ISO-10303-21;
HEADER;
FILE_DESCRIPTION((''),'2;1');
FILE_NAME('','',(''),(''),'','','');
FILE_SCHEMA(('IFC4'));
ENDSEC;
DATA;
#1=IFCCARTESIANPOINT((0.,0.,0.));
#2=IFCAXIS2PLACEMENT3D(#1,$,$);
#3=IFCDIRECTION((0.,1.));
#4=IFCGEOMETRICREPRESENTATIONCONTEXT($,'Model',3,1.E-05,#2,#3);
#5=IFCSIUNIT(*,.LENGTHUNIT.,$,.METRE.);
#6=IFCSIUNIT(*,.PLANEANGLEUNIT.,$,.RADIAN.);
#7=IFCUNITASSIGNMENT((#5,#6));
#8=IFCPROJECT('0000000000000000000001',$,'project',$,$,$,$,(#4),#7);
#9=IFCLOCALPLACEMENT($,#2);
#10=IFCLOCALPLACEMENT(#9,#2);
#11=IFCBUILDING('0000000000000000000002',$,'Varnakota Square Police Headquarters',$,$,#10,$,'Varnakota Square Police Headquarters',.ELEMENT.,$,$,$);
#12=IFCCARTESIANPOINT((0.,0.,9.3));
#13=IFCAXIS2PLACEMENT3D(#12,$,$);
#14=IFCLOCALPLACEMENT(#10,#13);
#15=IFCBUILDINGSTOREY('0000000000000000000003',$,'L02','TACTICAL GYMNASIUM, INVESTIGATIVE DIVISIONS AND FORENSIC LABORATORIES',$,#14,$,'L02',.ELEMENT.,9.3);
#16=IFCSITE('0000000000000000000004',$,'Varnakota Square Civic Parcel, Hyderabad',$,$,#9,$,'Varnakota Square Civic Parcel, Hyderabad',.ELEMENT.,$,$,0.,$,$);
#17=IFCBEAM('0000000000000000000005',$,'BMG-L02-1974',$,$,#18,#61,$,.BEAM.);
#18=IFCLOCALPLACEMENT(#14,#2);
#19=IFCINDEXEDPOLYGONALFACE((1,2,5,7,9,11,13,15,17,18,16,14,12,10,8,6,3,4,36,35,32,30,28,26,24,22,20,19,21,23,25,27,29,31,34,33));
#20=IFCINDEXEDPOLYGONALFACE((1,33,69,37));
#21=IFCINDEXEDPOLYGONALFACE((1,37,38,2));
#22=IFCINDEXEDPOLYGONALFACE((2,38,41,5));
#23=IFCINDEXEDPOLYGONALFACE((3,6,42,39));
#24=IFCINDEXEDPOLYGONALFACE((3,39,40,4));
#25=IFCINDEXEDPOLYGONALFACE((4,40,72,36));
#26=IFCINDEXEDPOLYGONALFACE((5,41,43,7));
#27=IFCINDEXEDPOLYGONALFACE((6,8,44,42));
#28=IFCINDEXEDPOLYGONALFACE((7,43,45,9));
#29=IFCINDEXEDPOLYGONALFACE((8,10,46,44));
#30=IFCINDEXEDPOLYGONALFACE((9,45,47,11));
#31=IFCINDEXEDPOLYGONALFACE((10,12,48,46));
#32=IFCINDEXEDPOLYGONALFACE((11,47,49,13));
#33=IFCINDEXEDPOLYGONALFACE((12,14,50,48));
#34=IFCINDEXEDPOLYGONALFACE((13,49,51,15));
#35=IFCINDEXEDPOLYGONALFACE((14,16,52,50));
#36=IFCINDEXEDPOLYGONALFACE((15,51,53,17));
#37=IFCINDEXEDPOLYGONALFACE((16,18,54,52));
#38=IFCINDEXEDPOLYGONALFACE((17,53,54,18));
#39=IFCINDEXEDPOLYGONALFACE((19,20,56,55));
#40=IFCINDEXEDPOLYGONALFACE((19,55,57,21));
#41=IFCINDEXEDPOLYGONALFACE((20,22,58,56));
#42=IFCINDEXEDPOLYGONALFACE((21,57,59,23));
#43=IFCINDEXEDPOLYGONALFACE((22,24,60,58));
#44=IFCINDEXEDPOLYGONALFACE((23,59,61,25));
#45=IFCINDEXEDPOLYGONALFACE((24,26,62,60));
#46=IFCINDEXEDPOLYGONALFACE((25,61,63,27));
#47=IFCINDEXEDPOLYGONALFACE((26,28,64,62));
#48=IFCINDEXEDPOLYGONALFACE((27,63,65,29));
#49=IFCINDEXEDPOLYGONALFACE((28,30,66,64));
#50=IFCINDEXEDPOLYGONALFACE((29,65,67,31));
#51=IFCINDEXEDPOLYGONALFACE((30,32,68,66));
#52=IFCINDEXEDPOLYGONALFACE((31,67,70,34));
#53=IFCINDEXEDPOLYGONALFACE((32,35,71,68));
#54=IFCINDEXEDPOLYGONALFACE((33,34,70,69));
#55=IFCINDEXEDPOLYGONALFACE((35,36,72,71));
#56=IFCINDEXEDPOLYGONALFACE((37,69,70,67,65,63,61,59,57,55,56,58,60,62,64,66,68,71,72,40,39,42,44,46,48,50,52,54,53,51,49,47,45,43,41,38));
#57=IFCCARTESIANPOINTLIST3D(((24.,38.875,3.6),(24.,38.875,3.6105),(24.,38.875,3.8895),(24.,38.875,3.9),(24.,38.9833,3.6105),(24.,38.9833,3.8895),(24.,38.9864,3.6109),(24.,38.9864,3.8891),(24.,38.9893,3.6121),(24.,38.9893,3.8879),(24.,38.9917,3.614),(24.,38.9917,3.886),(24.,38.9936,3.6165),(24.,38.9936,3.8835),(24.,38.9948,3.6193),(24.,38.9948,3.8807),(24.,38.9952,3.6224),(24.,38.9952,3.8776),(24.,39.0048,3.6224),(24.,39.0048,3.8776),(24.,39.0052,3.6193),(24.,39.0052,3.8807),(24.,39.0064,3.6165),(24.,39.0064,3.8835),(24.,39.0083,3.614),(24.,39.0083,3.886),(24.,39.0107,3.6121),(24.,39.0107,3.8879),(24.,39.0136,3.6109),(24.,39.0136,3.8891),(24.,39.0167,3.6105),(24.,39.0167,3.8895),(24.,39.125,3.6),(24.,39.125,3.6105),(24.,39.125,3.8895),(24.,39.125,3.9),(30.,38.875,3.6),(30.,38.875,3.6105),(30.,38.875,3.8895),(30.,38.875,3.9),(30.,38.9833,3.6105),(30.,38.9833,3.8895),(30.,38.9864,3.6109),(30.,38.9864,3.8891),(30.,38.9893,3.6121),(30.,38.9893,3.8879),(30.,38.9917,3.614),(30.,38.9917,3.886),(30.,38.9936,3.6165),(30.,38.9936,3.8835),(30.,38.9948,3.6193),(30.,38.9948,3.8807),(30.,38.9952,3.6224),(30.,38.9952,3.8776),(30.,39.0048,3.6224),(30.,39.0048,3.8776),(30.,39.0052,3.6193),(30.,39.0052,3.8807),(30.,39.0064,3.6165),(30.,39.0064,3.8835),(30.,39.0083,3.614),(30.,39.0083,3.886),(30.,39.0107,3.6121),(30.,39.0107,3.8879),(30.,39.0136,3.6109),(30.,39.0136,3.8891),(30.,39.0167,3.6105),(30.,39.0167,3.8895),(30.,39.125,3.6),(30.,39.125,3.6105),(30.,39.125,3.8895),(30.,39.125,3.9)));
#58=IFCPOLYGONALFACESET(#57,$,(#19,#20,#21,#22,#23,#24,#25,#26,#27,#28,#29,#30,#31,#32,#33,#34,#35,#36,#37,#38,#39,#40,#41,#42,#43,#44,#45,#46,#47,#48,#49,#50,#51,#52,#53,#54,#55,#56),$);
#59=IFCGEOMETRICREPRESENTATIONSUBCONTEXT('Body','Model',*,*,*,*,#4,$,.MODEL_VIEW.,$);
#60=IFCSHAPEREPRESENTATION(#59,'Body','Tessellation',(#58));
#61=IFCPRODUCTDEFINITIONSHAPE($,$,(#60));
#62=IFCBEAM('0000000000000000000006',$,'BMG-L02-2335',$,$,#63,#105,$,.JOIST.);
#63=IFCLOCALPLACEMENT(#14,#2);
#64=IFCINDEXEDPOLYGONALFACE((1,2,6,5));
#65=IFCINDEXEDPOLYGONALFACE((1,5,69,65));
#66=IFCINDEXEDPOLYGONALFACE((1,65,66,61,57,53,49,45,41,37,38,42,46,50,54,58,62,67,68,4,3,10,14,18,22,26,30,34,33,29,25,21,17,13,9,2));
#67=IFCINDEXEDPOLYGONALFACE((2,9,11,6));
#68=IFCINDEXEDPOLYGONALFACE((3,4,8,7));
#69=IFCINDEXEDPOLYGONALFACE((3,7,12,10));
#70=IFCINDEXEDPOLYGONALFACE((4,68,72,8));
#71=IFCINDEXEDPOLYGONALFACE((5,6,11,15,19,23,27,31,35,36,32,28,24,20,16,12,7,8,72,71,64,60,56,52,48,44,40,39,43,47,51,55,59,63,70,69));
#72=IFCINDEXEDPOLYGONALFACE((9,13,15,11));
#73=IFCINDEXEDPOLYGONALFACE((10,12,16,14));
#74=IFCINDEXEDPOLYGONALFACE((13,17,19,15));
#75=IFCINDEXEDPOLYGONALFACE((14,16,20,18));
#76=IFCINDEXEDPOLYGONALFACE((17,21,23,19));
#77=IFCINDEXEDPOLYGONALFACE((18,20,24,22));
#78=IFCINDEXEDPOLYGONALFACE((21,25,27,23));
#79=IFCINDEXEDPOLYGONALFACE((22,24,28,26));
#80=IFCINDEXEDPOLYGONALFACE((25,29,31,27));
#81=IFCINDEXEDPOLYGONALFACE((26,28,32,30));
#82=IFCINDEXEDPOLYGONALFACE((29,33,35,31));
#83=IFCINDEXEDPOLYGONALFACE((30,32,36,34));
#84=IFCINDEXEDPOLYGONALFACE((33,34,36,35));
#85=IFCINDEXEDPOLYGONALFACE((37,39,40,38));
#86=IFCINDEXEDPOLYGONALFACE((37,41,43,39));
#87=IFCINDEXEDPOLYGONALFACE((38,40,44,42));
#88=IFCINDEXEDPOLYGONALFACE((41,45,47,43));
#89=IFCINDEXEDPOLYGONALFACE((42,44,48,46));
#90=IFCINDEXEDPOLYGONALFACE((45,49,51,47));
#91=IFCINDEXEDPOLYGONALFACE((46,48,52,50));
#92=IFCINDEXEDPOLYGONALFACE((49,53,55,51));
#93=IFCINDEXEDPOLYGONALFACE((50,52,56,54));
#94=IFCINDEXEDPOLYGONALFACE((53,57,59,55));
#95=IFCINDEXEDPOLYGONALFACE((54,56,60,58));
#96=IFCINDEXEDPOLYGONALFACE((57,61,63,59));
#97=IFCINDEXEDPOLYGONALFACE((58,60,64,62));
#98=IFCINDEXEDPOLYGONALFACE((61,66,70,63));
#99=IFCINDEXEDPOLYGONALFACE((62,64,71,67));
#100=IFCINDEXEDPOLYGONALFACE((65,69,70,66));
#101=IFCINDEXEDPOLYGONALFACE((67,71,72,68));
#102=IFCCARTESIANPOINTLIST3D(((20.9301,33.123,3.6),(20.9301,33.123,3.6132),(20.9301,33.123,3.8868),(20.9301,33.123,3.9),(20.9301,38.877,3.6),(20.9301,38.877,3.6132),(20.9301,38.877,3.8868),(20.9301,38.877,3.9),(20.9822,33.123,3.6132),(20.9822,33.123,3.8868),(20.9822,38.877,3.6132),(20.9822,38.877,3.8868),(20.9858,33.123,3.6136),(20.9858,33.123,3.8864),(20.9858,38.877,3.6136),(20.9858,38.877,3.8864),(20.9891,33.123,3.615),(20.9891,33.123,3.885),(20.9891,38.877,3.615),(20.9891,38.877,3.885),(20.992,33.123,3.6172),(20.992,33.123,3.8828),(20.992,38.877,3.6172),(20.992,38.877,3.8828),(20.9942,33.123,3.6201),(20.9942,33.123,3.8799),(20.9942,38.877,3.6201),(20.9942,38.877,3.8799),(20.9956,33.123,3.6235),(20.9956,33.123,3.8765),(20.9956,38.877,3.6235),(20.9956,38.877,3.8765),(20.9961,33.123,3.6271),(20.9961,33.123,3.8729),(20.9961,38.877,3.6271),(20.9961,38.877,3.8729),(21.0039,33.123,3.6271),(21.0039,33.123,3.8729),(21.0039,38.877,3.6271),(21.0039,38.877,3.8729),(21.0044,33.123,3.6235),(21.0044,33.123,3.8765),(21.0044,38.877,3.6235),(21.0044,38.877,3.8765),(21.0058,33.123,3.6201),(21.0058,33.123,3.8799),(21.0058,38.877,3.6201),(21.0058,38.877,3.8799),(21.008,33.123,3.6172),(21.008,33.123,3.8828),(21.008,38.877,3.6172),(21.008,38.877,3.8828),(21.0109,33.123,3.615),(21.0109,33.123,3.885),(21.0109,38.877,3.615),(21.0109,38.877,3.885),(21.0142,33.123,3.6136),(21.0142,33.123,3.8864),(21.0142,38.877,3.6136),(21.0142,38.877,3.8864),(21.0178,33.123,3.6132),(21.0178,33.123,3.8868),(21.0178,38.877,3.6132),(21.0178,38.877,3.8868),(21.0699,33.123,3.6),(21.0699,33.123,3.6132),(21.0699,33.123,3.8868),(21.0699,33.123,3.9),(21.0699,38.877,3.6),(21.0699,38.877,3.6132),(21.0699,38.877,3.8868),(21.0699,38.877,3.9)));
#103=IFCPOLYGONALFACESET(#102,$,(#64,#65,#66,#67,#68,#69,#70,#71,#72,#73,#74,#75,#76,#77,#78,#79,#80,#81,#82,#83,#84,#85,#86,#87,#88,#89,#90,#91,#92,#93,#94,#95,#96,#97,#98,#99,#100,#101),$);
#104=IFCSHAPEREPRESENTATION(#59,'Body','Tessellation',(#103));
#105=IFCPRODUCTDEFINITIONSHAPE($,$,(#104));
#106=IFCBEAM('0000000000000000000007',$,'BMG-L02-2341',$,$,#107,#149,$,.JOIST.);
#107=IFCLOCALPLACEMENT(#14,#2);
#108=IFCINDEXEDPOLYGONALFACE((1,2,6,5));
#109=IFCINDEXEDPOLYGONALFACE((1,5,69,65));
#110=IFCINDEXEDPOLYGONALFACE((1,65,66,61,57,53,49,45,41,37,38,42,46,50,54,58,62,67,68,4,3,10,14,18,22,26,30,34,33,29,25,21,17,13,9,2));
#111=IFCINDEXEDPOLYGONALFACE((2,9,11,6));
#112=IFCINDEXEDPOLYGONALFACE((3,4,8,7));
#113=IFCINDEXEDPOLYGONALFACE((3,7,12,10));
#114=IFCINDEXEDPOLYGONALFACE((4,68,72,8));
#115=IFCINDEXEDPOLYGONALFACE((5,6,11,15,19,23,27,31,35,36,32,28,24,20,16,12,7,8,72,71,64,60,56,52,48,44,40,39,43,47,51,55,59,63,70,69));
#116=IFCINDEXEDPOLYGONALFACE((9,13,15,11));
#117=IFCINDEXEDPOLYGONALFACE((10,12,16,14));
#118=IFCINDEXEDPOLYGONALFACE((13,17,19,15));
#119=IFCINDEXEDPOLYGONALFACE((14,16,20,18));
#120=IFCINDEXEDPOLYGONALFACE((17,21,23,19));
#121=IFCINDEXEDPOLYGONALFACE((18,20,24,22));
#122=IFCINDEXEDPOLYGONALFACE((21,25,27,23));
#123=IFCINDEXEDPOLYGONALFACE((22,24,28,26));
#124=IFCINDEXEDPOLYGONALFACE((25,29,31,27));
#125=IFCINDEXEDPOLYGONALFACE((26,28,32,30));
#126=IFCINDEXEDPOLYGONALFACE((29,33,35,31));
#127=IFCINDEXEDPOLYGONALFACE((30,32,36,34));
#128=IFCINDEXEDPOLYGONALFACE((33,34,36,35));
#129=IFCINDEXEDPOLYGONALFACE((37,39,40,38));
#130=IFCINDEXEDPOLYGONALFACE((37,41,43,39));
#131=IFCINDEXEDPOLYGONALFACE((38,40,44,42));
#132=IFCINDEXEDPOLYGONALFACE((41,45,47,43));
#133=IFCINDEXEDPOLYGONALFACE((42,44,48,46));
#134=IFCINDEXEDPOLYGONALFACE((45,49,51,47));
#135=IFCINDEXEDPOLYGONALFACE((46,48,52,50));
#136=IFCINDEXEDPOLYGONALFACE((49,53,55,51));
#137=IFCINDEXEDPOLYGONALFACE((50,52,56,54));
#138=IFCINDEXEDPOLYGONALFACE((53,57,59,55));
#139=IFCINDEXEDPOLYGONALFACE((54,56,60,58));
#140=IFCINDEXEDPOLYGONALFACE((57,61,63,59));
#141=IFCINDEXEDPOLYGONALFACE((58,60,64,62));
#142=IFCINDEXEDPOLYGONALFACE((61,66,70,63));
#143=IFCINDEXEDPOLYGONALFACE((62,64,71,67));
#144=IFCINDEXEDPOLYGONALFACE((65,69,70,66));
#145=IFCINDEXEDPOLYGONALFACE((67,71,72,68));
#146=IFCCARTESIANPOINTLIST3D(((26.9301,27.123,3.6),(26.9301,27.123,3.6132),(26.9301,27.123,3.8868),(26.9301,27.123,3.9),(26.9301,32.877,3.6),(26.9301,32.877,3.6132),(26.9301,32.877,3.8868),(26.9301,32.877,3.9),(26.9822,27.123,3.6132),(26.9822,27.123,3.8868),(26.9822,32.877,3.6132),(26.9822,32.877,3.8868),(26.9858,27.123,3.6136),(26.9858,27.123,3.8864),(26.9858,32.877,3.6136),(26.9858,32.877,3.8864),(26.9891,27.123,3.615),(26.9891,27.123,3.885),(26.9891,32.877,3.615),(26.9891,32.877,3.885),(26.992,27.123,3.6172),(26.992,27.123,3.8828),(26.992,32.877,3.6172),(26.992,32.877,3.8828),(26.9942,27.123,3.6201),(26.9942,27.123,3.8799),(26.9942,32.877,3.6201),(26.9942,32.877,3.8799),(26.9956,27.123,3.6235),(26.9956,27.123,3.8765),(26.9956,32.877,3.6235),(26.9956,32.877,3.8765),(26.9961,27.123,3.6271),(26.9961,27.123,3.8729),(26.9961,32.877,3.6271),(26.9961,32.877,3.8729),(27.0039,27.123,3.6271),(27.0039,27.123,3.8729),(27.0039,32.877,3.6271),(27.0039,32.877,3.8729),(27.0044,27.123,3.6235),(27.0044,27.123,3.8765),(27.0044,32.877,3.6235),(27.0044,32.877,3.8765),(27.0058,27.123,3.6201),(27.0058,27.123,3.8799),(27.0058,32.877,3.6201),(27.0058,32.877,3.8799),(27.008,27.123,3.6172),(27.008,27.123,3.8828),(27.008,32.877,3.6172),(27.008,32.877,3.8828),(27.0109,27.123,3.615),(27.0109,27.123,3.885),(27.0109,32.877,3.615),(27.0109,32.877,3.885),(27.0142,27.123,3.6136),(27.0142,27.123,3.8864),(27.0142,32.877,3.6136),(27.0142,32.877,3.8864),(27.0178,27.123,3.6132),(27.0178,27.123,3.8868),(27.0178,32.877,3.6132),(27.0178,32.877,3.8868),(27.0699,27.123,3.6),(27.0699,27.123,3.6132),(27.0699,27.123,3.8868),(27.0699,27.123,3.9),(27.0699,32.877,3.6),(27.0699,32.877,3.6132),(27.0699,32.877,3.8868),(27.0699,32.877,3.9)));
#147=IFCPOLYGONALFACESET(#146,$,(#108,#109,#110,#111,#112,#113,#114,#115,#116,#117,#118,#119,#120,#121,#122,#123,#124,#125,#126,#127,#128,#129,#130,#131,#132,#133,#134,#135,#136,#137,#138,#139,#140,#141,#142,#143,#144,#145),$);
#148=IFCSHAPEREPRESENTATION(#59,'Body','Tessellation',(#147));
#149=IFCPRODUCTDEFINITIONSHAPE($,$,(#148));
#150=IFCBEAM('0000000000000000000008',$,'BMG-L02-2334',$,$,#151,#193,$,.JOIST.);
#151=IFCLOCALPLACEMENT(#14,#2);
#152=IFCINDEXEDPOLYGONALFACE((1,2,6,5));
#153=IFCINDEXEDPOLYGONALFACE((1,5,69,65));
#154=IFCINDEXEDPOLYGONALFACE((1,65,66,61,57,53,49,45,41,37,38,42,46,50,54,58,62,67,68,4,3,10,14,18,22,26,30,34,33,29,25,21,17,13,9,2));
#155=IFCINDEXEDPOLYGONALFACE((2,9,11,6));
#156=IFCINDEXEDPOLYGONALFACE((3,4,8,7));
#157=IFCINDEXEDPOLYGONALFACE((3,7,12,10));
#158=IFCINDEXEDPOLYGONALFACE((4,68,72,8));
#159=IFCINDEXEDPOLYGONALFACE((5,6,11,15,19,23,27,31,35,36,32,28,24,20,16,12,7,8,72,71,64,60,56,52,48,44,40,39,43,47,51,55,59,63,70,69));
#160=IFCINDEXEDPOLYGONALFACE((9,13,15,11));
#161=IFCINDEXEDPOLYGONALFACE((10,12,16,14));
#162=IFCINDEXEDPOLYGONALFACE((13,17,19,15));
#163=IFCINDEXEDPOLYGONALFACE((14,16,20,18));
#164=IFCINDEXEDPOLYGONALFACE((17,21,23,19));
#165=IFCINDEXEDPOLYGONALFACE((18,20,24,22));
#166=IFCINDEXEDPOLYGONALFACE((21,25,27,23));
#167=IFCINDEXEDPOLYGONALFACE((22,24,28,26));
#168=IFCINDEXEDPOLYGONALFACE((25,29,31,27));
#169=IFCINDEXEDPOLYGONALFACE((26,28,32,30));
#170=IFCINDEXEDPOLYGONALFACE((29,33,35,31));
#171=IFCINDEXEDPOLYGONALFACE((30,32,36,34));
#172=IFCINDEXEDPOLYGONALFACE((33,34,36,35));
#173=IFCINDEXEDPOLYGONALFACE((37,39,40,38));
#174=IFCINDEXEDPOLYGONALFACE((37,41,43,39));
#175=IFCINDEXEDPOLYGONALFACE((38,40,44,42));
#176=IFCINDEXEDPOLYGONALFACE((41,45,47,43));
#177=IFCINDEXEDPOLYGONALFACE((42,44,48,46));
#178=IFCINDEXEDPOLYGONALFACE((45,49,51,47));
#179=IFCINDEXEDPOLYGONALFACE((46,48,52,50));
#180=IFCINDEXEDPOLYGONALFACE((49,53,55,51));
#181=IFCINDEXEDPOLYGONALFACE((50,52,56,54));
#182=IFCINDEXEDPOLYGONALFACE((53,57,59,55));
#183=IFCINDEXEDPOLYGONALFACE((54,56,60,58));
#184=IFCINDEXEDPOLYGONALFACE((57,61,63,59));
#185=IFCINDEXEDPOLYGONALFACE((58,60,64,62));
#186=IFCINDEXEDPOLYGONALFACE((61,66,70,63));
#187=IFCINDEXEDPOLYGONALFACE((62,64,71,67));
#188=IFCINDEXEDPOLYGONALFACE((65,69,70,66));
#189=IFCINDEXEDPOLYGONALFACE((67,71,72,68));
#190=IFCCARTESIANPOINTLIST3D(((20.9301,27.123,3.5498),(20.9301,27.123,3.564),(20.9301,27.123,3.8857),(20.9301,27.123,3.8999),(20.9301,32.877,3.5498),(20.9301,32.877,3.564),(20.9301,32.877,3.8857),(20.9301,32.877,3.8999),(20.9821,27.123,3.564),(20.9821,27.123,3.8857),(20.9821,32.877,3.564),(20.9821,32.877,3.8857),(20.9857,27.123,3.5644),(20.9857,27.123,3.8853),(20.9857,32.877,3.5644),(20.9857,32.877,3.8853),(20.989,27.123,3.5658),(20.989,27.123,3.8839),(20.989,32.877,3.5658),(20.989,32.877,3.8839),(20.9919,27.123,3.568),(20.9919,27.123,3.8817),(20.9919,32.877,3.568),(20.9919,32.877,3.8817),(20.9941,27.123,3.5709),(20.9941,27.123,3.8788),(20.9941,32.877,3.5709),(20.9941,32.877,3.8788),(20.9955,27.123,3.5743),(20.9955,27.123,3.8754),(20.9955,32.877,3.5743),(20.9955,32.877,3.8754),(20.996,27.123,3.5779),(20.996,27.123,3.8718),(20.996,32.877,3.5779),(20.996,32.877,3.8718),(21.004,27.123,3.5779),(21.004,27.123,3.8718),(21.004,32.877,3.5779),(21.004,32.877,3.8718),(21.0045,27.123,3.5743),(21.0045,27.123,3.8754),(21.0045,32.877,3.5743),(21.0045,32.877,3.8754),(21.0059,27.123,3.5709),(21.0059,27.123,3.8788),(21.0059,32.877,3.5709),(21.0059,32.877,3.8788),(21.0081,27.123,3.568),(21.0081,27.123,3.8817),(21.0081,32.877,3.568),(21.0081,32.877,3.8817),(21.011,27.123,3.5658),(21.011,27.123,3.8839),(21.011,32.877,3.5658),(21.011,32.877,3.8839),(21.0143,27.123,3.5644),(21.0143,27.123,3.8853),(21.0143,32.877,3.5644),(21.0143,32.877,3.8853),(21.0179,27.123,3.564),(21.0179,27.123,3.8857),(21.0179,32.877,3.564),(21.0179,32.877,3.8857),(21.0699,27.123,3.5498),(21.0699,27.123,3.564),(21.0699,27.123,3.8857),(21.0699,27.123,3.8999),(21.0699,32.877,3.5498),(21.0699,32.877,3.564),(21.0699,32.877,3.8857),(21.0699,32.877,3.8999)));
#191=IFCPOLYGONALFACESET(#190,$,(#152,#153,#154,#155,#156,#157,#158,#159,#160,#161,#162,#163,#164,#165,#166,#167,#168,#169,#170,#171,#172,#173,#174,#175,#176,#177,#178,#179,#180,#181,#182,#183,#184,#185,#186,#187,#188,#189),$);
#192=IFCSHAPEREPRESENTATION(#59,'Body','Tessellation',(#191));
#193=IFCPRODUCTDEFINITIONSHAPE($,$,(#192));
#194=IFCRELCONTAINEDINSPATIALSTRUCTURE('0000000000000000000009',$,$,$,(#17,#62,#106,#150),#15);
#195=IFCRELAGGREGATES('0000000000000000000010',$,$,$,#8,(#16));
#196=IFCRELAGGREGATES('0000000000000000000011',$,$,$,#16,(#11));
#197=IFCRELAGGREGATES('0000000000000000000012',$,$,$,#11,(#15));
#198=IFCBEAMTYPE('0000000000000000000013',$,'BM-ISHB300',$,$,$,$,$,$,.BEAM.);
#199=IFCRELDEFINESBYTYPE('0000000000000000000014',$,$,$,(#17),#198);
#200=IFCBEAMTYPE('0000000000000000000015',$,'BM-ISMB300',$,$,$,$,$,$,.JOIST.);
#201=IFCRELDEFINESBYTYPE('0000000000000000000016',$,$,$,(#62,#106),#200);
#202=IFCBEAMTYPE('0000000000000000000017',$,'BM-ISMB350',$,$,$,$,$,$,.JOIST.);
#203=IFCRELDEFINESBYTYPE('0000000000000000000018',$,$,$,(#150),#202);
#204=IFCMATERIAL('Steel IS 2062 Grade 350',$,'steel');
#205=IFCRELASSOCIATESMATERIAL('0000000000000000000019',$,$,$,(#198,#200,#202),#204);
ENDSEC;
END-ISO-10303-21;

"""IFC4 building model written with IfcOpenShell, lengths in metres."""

from ifc_helpers import new_model, si_unit, direction, frame, origin, origin_2d, place, context, subcontext, project, spatial, i_section, extrude, material, material_profile, profile_set, type_object, element, save


model = new_model("IFC4")

# Units and contexts
model_context = context("Model", 3, precision=1e-05, world=origin(), true_north=direction((0.0, 1.0)))
body_context = subcontext(model_context, "Body", "Model", "MODEL_VIEW")
ifc_project = project(units=[si_unit("LENGTHUNIT", "METRE"), si_unit("PLANEANGLEUNIT", "RADIAN")], contexts=[model_context])

# Site, building, storey
site_placement = place(None, origin())
site = spatial("IfcSite", under=ifc_project, at=site_placement, Name="Varnakota Square Civic Parcel, Hyderabad", LongName="Varnakota Square Civic Parcel, Hyderabad", CompositionType="ELEMENT", RefElevation=0.0)
building_placement = place(site_placement, origin())
building = spatial("IfcBuilding", under=site, at=building_placement, Name="Varnakota Square Police Headquarters", LongName="Varnakota Square Police Headquarters", CompositionType="ELEMENT")
storey_placement = place(building_placement, frame((0.0, 0.0, 9.3)))
storey = spatial("IfcBuildingStorey", under=building, at=storey_placement, Name="L02", Description="TACTICAL GYMNASIUM, INVESTIGATIVE DIVISIONS AND FORENSIC LABORATORIES", LongName="L02", CompositionType="ELEMENT", Elevation=9.3)

# Shared definitions
ifc_material_1 = material(Name="Steel IS 2062 Grade 350", Category="steel")

# Beams
ifc_material_profile_1 = material_profile(ifc_material_1, i_section(OverallWidth=0.25, OverallDepth=0.3, WebThickness=0.0095, FlangeThickness=0.0105, FilletRadius=0.012, at=origin_2d()), Name="ISHB 300")
ifc_profile_set_1 = profile_set([ifc_material_profile_1], Name="Steel IS 2062 Grade 350")
beam_type_1 = type_object("IfcBeamType", Name="BM-ISHB300", PredefinedType="BEAM", material=ifc_profile_set_1)
beam_1_placement = place(storey_placement, frame((24.0, 39.0, 3.75), z_axis=(1.0, 0.0, 0.0), x_axis=(0.0, 1.0, 0.0)))
element("IfcBeam", 1, at=beam_1_placement, inside=storey, type_object=beam_type_1, Name="BMG-L02-1974", PredefinedType="BEAM", context=body_context, shape_type="SweptSolid", body=[
    extrude(i_section(OverallWidth=0.25, OverallDepth=0.3, WebThickness=0.0095, FlangeThickness=0.0105, FilletRadius=0.012, at=origin_2d()), origin(), (0.0, 0.0, 1.0), 6.0),
])
ifc_material_profile_2 = material_profile(ifc_material_1, i_section(OverallWidth=0.1399, OverallDepth=0.3, WebThickness=0.0078, FlangeThickness=0.0132, FilletRadius=0.0139, at=origin_2d()), Name="ISMB 300")
ifc_profile_set_2 = profile_set([ifc_material_profile_2], Name="Steel IS 2062 Grade 350")
beam_type_2 = type_object("IfcBeamType", Name="BM-ISMB300", PredefinedType="JOIST", material=ifc_profile_set_2)
for number, where, z_axis, x_axis, name in (
    (2, (21.0, 33.123, 3.75), (0.0, 1.0, 0.0), (-1.0, 0.0, 0.0), "BMG-L02-2335"),
    (3, (27.0, 27.123, 3.75), (0.0, 1.0, 0.0), (-1.0, 0.0, 0.0), "BMG-L02-2341"),
):
    element("IfcBeam", number, at=place(storey_placement, frame(where, z_axis=z_axis, x_axis=x_axis)), inside=storey, type_object=beam_type_2, Name=name, PredefinedType="JOIST", context=body_context, shape_type="SweptSolid", body=[
        extrude(i_section(OverallWidth=0.1399, OverallDepth=0.3, WebThickness=0.0078, FlangeThickness=0.0132, FilletRadius=0.0139, at=origin_2d()), origin(), (0.0, 0.0, 1.0), 5.7539),
    ])
ifc_material_profile_3 = material_profile(ifc_material_1, i_section(OverallWidth=0.1399, OverallDepth=0.3501, WebThickness=0.0081, FlangeThickness=0.0142, FilletRadius=0.0139, at=origin_2d()), Name="ISMB 350")
ifc_profile_set_3 = profile_set([ifc_material_profile_3], Name="Steel IS 2062 Grade 350")
beam_type_3 = type_object("IfcBeamType", Name="BM-ISMB350", PredefinedType="JOIST", material=ifc_profile_set_3)
beam_2_placement = place(storey_placement, frame((21.0, 27.123, 3.7249), z_axis=(0.0, 1.0, 0.0), x_axis=(-1.0, 0.0, 0.0)))
element("IfcBeam", 4, at=beam_2_placement, inside=storey, type_object=beam_type_3, Name="BMG-L02-2334", PredefinedType="JOIST", context=body_context, shape_type="SweptSolid", body=[
    extrude(i_section(OverallWidth=0.1399, OverallDepth=0.3501, WebThickness=0.0081, FlangeThickness=0.0142, FilletRadius=0.0139, at=origin_2d()), origin(), (0.0, 0.0, 1.0), 5.7539),
])

save(model, "model.ifc")
